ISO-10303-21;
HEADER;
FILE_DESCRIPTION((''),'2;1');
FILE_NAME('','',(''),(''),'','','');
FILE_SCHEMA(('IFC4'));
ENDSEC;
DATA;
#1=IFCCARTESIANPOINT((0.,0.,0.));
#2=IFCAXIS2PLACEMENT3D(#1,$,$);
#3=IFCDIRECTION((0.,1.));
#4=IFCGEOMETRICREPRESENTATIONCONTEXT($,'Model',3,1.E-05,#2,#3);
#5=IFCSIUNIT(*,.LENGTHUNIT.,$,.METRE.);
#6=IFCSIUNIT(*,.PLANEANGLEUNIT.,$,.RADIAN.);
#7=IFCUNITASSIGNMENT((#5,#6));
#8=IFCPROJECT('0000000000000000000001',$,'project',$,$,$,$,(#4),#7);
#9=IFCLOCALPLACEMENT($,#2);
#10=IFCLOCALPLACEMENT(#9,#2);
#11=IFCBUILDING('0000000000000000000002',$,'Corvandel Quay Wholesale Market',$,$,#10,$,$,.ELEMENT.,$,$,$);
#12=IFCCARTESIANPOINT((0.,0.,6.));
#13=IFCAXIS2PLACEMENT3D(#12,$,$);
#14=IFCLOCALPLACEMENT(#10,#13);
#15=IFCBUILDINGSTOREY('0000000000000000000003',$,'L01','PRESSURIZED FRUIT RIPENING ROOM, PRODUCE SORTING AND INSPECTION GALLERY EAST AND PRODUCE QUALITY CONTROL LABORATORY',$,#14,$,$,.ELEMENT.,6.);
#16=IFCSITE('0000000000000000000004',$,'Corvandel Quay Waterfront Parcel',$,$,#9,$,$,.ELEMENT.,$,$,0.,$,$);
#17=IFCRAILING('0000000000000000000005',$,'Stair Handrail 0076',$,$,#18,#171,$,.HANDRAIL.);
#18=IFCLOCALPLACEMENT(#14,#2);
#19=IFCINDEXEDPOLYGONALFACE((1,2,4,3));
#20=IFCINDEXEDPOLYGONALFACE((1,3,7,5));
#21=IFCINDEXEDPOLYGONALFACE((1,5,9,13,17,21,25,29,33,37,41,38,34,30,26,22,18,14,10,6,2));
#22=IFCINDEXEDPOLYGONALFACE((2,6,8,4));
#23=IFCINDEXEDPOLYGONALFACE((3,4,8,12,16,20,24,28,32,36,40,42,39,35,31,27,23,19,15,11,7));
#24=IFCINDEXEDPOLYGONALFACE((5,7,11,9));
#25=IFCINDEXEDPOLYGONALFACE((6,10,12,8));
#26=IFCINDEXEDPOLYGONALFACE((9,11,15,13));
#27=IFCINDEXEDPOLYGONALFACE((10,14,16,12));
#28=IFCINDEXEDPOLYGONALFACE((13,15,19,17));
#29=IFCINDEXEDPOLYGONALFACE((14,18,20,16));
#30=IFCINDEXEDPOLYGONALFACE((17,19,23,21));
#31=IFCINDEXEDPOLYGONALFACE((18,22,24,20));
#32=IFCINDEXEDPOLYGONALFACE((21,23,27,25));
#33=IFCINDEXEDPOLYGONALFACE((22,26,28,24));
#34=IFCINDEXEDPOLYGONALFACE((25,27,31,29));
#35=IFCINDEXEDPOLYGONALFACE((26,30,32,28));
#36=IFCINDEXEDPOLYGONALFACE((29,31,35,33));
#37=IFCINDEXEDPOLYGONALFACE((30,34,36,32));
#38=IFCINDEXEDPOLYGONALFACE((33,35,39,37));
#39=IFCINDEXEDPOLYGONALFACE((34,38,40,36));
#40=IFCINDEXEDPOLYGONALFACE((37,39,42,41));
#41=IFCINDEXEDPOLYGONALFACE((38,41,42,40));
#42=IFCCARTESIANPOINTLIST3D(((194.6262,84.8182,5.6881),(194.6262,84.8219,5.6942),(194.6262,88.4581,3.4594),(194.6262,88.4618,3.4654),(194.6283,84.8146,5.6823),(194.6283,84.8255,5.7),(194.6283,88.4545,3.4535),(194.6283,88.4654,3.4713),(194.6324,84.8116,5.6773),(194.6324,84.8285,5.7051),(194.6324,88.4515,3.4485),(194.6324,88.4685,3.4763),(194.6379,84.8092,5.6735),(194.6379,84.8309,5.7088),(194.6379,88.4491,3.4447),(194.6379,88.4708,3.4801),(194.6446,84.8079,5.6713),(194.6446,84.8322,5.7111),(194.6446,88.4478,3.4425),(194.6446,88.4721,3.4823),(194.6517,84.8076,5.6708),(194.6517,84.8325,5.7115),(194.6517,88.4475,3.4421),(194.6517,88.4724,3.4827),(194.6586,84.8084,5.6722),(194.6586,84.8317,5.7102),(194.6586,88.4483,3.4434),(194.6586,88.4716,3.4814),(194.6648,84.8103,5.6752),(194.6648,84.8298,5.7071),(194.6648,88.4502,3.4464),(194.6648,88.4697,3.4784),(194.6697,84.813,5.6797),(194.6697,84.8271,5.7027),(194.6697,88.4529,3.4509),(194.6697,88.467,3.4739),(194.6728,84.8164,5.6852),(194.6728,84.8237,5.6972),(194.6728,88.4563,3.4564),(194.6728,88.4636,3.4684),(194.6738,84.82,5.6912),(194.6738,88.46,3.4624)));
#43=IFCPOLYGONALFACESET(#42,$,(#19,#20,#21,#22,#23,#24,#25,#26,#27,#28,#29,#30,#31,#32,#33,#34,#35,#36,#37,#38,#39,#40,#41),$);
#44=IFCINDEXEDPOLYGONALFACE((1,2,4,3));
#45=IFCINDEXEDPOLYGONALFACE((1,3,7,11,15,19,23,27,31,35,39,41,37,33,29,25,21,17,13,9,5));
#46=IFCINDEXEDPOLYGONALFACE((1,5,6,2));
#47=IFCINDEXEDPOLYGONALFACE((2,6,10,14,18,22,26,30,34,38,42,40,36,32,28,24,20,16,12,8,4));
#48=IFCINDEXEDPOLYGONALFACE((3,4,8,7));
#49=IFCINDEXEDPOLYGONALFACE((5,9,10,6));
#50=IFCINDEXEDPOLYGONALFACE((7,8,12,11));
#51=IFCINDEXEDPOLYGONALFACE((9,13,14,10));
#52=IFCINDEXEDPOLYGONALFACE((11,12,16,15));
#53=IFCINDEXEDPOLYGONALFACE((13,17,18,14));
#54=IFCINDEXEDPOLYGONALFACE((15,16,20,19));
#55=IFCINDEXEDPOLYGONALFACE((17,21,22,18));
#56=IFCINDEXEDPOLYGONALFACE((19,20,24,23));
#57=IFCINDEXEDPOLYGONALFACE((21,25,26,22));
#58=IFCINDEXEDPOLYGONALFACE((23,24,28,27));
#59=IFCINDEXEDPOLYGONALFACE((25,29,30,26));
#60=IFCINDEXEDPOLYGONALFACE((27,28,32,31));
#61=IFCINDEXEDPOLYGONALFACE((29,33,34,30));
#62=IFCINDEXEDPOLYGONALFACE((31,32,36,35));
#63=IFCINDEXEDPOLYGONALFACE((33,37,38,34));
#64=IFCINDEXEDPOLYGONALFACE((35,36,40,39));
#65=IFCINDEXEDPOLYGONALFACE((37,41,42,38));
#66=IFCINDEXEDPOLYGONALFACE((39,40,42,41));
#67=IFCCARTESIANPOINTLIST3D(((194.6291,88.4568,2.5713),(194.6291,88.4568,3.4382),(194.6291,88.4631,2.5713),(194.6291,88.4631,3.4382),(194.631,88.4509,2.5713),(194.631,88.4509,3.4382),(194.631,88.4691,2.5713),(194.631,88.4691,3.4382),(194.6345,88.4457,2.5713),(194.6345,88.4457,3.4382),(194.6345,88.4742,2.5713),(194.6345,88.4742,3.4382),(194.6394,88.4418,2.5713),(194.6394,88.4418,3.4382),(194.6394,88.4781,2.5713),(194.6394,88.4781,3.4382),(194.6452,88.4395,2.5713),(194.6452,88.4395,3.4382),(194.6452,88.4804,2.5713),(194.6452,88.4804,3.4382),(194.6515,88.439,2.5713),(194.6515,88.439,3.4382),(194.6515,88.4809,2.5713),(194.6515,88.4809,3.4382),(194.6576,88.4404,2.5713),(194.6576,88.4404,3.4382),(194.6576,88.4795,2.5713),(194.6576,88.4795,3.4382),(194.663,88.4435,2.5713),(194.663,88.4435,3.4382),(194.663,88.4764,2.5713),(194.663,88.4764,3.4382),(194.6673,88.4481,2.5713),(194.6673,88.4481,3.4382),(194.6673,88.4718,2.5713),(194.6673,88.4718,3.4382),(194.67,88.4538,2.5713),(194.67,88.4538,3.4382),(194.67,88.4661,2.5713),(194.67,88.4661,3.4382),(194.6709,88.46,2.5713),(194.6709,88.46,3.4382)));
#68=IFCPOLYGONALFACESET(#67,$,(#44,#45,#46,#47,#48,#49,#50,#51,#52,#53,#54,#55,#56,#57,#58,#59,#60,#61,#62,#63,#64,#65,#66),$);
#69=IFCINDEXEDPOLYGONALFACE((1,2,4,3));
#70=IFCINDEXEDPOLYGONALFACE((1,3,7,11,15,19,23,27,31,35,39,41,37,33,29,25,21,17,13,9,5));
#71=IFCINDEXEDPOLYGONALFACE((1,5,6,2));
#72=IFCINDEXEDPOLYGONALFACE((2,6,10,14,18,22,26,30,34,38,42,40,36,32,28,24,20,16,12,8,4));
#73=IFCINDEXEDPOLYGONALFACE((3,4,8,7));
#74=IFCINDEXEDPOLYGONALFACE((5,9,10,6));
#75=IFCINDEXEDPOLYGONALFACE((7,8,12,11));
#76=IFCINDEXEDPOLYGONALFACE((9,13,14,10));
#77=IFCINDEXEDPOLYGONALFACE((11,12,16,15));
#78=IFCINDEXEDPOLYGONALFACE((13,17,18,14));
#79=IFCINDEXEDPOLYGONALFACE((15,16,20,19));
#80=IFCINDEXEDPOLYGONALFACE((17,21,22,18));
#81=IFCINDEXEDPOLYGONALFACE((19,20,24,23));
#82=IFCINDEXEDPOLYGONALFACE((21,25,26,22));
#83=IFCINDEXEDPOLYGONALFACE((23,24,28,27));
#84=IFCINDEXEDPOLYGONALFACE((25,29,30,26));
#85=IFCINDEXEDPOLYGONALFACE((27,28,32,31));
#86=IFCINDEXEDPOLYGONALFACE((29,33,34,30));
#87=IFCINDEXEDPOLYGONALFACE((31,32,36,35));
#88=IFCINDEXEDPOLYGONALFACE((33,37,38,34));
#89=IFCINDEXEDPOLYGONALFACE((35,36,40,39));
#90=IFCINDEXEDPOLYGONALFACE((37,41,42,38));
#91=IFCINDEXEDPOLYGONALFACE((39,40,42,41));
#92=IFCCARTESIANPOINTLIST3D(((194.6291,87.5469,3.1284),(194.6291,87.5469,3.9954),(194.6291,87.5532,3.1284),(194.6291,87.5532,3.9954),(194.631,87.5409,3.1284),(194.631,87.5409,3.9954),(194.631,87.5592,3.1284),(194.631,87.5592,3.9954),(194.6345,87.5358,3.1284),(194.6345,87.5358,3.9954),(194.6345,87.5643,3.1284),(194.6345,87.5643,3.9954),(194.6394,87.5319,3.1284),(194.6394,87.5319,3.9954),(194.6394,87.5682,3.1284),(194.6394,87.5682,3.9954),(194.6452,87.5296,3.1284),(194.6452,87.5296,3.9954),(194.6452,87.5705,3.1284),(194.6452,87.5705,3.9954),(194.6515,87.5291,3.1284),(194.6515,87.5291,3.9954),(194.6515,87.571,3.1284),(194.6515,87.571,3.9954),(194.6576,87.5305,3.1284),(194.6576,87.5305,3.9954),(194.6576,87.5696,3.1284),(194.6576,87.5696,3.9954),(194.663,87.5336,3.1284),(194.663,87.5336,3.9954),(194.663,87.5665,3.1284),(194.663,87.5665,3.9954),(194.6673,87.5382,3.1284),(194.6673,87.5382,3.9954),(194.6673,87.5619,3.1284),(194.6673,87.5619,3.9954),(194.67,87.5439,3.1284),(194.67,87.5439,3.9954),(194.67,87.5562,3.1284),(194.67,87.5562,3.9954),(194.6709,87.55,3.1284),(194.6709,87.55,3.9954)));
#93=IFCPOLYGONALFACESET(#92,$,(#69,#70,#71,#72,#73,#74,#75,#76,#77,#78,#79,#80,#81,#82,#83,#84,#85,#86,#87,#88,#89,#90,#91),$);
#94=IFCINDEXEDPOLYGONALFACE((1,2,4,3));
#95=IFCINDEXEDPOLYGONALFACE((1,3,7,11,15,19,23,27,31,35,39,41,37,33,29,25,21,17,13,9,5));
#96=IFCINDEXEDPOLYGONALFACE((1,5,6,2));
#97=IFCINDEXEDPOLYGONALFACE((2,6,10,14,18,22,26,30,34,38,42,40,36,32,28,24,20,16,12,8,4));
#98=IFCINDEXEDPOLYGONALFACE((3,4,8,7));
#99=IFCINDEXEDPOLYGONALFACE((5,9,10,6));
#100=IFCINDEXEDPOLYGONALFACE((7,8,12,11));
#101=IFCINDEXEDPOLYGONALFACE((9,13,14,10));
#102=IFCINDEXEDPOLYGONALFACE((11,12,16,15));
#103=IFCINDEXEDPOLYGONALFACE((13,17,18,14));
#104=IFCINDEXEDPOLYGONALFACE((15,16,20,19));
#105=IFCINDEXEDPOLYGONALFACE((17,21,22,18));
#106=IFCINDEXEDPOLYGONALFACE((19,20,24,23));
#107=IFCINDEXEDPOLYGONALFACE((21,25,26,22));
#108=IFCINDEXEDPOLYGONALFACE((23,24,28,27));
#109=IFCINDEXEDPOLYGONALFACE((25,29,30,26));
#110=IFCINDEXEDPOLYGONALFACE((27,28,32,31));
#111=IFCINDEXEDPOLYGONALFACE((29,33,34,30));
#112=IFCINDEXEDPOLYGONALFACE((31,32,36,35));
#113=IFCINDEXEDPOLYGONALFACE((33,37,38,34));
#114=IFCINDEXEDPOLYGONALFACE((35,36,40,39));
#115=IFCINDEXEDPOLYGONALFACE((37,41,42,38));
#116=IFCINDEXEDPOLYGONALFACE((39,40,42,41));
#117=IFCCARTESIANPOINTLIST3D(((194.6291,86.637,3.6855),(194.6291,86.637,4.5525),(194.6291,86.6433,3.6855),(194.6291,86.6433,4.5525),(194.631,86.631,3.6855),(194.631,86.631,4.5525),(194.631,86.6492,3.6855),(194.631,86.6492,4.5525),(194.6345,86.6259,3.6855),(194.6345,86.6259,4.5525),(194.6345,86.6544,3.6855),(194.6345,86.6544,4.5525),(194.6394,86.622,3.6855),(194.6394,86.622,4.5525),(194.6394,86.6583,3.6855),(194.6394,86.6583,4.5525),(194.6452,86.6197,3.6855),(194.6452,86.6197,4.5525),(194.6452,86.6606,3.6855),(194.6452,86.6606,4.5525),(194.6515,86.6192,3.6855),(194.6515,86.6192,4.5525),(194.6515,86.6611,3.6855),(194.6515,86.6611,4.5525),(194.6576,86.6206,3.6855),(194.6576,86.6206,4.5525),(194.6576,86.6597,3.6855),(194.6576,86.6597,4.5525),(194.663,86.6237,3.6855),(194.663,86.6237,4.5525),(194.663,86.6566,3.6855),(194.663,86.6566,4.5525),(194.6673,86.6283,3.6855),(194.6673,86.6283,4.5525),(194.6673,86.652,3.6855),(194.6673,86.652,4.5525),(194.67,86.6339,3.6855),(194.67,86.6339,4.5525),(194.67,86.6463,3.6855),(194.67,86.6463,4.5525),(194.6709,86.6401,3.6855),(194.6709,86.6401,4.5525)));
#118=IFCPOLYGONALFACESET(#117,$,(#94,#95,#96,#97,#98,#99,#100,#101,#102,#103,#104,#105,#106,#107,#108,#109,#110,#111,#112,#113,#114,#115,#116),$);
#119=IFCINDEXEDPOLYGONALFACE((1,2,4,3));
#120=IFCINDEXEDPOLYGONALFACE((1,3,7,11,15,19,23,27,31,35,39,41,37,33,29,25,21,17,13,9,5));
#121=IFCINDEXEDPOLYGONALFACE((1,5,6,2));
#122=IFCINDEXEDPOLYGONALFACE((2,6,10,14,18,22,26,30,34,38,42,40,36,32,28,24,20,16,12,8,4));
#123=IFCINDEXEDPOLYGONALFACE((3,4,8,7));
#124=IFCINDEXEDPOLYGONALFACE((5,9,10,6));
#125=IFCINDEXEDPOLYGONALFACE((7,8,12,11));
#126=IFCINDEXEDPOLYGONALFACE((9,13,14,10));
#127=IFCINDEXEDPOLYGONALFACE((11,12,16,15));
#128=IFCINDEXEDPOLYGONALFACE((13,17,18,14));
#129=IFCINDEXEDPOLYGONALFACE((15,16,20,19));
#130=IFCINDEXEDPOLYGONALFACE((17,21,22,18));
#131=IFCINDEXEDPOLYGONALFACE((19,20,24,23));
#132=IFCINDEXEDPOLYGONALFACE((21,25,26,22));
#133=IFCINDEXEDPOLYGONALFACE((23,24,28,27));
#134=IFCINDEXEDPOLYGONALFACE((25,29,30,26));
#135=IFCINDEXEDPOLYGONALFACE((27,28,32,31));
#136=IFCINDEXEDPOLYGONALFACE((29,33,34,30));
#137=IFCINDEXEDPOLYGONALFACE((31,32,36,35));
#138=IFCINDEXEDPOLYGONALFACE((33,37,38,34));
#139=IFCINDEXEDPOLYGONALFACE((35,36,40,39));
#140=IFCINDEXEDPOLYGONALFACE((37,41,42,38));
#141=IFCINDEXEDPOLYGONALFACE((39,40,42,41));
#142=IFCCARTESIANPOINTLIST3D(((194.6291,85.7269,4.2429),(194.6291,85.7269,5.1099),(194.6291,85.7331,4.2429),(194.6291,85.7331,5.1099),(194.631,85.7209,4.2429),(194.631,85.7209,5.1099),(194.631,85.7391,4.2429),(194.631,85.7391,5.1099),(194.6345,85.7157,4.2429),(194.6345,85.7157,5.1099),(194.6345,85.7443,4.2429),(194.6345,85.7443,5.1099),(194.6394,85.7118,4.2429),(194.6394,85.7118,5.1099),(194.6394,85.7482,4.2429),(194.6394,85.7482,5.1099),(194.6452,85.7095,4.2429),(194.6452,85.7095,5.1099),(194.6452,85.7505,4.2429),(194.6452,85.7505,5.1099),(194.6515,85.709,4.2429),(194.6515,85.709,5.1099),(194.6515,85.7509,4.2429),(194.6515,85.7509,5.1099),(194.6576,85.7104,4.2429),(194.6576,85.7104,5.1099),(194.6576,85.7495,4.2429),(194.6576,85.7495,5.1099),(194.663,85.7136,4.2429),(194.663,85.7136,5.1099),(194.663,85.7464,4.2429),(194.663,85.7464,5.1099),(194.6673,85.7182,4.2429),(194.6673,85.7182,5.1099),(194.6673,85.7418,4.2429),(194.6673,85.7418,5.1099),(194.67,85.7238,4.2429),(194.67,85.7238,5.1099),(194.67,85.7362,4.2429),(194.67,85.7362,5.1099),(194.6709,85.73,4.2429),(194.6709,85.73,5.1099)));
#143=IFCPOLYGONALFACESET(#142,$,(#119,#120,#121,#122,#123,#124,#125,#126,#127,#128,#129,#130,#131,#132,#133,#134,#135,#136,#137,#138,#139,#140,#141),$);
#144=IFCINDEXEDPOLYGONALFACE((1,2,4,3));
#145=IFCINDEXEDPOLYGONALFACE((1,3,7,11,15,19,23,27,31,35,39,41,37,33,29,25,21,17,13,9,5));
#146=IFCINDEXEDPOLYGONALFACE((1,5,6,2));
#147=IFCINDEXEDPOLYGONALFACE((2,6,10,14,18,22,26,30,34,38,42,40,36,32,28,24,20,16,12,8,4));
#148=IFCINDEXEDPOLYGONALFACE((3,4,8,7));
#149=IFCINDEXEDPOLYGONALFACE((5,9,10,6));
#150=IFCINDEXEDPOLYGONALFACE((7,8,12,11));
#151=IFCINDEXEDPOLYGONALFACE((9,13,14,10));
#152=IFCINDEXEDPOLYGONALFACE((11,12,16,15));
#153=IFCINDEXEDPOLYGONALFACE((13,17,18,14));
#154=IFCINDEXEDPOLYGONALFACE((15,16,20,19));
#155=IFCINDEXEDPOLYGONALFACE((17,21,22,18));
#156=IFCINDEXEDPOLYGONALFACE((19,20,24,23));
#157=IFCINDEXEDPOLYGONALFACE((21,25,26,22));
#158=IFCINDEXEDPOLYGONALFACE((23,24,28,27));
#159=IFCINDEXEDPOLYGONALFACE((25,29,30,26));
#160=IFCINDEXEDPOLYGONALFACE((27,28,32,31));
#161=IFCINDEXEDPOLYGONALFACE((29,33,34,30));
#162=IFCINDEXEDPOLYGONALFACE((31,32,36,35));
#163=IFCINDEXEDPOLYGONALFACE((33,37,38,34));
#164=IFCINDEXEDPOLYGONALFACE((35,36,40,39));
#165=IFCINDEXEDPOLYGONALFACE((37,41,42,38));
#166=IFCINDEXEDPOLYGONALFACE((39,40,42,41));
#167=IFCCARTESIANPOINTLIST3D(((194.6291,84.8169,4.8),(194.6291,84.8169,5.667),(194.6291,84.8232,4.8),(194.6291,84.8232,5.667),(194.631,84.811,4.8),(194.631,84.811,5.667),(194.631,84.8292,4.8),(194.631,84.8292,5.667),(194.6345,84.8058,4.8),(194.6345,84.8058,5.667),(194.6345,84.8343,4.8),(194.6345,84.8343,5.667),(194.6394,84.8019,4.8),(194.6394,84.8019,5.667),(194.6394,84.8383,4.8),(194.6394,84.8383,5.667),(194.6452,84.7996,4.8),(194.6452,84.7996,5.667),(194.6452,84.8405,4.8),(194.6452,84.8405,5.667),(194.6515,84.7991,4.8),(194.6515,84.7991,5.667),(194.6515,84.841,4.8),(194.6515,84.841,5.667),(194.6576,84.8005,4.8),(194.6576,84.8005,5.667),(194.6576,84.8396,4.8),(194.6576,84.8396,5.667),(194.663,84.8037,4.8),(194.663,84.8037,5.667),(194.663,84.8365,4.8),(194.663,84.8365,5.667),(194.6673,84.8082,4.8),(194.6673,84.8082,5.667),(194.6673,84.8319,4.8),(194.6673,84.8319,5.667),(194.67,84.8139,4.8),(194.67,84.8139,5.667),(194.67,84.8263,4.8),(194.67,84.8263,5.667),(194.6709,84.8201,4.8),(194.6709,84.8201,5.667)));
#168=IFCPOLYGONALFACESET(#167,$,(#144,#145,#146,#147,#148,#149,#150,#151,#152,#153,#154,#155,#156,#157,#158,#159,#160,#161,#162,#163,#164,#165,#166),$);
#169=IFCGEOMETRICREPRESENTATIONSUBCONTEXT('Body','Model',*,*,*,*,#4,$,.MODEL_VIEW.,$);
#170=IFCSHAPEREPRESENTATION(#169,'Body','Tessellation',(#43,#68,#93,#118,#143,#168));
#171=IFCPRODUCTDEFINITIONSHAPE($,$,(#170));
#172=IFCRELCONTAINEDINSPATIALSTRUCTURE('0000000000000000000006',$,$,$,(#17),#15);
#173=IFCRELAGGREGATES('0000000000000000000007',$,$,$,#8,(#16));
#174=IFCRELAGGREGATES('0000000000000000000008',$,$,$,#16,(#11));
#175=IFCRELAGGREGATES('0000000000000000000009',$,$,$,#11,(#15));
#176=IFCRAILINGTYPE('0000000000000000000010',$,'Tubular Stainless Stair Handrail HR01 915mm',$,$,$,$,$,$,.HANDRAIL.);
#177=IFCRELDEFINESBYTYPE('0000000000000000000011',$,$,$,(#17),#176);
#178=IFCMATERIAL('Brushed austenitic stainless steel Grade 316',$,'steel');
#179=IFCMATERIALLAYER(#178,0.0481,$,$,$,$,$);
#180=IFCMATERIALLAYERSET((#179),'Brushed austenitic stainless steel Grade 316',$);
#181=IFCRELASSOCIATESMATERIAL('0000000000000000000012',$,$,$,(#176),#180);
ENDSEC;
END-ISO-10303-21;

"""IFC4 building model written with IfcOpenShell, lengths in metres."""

from ifc_helpers import new_model, si_unit, direction, frame, origin, origin_2d, place, context, subcontext, project, spatial, circle, extrude, material, layer, layer_set, type_object, element, save


model = new_model("IFC4")

# Units and contexts
model_context = context("Model", 3, precision=1e-05, world=origin(), true_north=direction((0.0, 1.0)))
body_context = subcontext(model_context, "Body", "Model", "MODEL_VIEW")
ifc_project = project(units=[si_unit("LENGTHUNIT", "METRE"), si_unit("PLANEANGLEUNIT", "RADIAN")], contexts=[model_context])

# Site, building, storey
site_placement = place(None, origin())
site = spatial("IfcSite", under=ifc_project, at=site_placement, Name="Corvandel Quay Waterfront Parcel", CompositionType="ELEMENT", RefElevation=0.0)
building_placement = place(site_placement, origin())
building = spatial("IfcBuilding", under=site, at=building_placement, Name="Corvandel Quay Wholesale Market", CompositionType="ELEMENT")
storey_placement = place(building_placement, frame((0.0, 0.0, 6.0)))
storey = spatial("IfcBuildingStorey", under=building, at=storey_placement, Name="L01", Description="PRESSURIZED FRUIT RIPENING ROOM, PRODUCE SORTING AND INSPECTION GALLERY EAST AND PRODUCE QUALITY CONTROL LABORATORY", CompositionType="ELEMENT", Elevation=6.0)

# Railing
ifc_material_1 = material(Name="Brushed austenitic stainless steel Grade 316", Category="steel")
ifc_layer_1 = layer(ifc_material_1, 0.0481)
ifc_layer_set_1 = layer_set([ifc_layer_1], Name="Brushed austenitic stainless steel Grade 316")
railing_type_1 = type_object("IfcRailingType", Name="Tubular Stainless Stair Handrail HR01 915mm", PredefinedType="HANDRAIL", material=ifc_layer_set_1)
railing_1_placement = place(storey_placement, frame((194.6499, 88.46, 2.5713)))
element("IfcRailing", 1, at=railing_1_placement, inside=storey, type_object=railing_type_1, Name="Stair Handrail 0076", PredefinedType="HANDRAIL", context=body_context, shape_type="SweptSolid", body=[
    extrude(circle(Radius=0.0239, at=origin_2d()), frame((0.0, 0.0, 0.8911), z_axis=(0.0, -0.852825, 0.522197), x_axis=(1.0, 0.0, 0.0)), (0.0, 0.0, 1.0), 4.2681),
    extrude(circle(Radius=0.021, at=origin_2d()), origin(), (0.0, 0.0, 1.0), 0.8669),
    extrude(circle(Radius=0.021, at=origin_2d()), frame((0.0, -0.9099, 0.5571)), (0.0, 0.0, 1.0), 0.8669),
    extrude(circle(Radius=0.021, at=origin_2d()), frame((0.0, -1.8198, 1.1143)), (0.0, 0.0, 1.0), 0.8669),
    extrude(circle(Radius=0.021, at=origin_2d()), frame((0.0, -2.73, 1.6716)), (0.0, 0.0, 1.0), 0.8669),
    extrude(circle(Radius=0.021, at=origin_2d()), frame((0.0, -3.6399, 2.2288)), (0.0, 0.0, 1.0), 0.8669),
])

save(model, "model.ifc")
